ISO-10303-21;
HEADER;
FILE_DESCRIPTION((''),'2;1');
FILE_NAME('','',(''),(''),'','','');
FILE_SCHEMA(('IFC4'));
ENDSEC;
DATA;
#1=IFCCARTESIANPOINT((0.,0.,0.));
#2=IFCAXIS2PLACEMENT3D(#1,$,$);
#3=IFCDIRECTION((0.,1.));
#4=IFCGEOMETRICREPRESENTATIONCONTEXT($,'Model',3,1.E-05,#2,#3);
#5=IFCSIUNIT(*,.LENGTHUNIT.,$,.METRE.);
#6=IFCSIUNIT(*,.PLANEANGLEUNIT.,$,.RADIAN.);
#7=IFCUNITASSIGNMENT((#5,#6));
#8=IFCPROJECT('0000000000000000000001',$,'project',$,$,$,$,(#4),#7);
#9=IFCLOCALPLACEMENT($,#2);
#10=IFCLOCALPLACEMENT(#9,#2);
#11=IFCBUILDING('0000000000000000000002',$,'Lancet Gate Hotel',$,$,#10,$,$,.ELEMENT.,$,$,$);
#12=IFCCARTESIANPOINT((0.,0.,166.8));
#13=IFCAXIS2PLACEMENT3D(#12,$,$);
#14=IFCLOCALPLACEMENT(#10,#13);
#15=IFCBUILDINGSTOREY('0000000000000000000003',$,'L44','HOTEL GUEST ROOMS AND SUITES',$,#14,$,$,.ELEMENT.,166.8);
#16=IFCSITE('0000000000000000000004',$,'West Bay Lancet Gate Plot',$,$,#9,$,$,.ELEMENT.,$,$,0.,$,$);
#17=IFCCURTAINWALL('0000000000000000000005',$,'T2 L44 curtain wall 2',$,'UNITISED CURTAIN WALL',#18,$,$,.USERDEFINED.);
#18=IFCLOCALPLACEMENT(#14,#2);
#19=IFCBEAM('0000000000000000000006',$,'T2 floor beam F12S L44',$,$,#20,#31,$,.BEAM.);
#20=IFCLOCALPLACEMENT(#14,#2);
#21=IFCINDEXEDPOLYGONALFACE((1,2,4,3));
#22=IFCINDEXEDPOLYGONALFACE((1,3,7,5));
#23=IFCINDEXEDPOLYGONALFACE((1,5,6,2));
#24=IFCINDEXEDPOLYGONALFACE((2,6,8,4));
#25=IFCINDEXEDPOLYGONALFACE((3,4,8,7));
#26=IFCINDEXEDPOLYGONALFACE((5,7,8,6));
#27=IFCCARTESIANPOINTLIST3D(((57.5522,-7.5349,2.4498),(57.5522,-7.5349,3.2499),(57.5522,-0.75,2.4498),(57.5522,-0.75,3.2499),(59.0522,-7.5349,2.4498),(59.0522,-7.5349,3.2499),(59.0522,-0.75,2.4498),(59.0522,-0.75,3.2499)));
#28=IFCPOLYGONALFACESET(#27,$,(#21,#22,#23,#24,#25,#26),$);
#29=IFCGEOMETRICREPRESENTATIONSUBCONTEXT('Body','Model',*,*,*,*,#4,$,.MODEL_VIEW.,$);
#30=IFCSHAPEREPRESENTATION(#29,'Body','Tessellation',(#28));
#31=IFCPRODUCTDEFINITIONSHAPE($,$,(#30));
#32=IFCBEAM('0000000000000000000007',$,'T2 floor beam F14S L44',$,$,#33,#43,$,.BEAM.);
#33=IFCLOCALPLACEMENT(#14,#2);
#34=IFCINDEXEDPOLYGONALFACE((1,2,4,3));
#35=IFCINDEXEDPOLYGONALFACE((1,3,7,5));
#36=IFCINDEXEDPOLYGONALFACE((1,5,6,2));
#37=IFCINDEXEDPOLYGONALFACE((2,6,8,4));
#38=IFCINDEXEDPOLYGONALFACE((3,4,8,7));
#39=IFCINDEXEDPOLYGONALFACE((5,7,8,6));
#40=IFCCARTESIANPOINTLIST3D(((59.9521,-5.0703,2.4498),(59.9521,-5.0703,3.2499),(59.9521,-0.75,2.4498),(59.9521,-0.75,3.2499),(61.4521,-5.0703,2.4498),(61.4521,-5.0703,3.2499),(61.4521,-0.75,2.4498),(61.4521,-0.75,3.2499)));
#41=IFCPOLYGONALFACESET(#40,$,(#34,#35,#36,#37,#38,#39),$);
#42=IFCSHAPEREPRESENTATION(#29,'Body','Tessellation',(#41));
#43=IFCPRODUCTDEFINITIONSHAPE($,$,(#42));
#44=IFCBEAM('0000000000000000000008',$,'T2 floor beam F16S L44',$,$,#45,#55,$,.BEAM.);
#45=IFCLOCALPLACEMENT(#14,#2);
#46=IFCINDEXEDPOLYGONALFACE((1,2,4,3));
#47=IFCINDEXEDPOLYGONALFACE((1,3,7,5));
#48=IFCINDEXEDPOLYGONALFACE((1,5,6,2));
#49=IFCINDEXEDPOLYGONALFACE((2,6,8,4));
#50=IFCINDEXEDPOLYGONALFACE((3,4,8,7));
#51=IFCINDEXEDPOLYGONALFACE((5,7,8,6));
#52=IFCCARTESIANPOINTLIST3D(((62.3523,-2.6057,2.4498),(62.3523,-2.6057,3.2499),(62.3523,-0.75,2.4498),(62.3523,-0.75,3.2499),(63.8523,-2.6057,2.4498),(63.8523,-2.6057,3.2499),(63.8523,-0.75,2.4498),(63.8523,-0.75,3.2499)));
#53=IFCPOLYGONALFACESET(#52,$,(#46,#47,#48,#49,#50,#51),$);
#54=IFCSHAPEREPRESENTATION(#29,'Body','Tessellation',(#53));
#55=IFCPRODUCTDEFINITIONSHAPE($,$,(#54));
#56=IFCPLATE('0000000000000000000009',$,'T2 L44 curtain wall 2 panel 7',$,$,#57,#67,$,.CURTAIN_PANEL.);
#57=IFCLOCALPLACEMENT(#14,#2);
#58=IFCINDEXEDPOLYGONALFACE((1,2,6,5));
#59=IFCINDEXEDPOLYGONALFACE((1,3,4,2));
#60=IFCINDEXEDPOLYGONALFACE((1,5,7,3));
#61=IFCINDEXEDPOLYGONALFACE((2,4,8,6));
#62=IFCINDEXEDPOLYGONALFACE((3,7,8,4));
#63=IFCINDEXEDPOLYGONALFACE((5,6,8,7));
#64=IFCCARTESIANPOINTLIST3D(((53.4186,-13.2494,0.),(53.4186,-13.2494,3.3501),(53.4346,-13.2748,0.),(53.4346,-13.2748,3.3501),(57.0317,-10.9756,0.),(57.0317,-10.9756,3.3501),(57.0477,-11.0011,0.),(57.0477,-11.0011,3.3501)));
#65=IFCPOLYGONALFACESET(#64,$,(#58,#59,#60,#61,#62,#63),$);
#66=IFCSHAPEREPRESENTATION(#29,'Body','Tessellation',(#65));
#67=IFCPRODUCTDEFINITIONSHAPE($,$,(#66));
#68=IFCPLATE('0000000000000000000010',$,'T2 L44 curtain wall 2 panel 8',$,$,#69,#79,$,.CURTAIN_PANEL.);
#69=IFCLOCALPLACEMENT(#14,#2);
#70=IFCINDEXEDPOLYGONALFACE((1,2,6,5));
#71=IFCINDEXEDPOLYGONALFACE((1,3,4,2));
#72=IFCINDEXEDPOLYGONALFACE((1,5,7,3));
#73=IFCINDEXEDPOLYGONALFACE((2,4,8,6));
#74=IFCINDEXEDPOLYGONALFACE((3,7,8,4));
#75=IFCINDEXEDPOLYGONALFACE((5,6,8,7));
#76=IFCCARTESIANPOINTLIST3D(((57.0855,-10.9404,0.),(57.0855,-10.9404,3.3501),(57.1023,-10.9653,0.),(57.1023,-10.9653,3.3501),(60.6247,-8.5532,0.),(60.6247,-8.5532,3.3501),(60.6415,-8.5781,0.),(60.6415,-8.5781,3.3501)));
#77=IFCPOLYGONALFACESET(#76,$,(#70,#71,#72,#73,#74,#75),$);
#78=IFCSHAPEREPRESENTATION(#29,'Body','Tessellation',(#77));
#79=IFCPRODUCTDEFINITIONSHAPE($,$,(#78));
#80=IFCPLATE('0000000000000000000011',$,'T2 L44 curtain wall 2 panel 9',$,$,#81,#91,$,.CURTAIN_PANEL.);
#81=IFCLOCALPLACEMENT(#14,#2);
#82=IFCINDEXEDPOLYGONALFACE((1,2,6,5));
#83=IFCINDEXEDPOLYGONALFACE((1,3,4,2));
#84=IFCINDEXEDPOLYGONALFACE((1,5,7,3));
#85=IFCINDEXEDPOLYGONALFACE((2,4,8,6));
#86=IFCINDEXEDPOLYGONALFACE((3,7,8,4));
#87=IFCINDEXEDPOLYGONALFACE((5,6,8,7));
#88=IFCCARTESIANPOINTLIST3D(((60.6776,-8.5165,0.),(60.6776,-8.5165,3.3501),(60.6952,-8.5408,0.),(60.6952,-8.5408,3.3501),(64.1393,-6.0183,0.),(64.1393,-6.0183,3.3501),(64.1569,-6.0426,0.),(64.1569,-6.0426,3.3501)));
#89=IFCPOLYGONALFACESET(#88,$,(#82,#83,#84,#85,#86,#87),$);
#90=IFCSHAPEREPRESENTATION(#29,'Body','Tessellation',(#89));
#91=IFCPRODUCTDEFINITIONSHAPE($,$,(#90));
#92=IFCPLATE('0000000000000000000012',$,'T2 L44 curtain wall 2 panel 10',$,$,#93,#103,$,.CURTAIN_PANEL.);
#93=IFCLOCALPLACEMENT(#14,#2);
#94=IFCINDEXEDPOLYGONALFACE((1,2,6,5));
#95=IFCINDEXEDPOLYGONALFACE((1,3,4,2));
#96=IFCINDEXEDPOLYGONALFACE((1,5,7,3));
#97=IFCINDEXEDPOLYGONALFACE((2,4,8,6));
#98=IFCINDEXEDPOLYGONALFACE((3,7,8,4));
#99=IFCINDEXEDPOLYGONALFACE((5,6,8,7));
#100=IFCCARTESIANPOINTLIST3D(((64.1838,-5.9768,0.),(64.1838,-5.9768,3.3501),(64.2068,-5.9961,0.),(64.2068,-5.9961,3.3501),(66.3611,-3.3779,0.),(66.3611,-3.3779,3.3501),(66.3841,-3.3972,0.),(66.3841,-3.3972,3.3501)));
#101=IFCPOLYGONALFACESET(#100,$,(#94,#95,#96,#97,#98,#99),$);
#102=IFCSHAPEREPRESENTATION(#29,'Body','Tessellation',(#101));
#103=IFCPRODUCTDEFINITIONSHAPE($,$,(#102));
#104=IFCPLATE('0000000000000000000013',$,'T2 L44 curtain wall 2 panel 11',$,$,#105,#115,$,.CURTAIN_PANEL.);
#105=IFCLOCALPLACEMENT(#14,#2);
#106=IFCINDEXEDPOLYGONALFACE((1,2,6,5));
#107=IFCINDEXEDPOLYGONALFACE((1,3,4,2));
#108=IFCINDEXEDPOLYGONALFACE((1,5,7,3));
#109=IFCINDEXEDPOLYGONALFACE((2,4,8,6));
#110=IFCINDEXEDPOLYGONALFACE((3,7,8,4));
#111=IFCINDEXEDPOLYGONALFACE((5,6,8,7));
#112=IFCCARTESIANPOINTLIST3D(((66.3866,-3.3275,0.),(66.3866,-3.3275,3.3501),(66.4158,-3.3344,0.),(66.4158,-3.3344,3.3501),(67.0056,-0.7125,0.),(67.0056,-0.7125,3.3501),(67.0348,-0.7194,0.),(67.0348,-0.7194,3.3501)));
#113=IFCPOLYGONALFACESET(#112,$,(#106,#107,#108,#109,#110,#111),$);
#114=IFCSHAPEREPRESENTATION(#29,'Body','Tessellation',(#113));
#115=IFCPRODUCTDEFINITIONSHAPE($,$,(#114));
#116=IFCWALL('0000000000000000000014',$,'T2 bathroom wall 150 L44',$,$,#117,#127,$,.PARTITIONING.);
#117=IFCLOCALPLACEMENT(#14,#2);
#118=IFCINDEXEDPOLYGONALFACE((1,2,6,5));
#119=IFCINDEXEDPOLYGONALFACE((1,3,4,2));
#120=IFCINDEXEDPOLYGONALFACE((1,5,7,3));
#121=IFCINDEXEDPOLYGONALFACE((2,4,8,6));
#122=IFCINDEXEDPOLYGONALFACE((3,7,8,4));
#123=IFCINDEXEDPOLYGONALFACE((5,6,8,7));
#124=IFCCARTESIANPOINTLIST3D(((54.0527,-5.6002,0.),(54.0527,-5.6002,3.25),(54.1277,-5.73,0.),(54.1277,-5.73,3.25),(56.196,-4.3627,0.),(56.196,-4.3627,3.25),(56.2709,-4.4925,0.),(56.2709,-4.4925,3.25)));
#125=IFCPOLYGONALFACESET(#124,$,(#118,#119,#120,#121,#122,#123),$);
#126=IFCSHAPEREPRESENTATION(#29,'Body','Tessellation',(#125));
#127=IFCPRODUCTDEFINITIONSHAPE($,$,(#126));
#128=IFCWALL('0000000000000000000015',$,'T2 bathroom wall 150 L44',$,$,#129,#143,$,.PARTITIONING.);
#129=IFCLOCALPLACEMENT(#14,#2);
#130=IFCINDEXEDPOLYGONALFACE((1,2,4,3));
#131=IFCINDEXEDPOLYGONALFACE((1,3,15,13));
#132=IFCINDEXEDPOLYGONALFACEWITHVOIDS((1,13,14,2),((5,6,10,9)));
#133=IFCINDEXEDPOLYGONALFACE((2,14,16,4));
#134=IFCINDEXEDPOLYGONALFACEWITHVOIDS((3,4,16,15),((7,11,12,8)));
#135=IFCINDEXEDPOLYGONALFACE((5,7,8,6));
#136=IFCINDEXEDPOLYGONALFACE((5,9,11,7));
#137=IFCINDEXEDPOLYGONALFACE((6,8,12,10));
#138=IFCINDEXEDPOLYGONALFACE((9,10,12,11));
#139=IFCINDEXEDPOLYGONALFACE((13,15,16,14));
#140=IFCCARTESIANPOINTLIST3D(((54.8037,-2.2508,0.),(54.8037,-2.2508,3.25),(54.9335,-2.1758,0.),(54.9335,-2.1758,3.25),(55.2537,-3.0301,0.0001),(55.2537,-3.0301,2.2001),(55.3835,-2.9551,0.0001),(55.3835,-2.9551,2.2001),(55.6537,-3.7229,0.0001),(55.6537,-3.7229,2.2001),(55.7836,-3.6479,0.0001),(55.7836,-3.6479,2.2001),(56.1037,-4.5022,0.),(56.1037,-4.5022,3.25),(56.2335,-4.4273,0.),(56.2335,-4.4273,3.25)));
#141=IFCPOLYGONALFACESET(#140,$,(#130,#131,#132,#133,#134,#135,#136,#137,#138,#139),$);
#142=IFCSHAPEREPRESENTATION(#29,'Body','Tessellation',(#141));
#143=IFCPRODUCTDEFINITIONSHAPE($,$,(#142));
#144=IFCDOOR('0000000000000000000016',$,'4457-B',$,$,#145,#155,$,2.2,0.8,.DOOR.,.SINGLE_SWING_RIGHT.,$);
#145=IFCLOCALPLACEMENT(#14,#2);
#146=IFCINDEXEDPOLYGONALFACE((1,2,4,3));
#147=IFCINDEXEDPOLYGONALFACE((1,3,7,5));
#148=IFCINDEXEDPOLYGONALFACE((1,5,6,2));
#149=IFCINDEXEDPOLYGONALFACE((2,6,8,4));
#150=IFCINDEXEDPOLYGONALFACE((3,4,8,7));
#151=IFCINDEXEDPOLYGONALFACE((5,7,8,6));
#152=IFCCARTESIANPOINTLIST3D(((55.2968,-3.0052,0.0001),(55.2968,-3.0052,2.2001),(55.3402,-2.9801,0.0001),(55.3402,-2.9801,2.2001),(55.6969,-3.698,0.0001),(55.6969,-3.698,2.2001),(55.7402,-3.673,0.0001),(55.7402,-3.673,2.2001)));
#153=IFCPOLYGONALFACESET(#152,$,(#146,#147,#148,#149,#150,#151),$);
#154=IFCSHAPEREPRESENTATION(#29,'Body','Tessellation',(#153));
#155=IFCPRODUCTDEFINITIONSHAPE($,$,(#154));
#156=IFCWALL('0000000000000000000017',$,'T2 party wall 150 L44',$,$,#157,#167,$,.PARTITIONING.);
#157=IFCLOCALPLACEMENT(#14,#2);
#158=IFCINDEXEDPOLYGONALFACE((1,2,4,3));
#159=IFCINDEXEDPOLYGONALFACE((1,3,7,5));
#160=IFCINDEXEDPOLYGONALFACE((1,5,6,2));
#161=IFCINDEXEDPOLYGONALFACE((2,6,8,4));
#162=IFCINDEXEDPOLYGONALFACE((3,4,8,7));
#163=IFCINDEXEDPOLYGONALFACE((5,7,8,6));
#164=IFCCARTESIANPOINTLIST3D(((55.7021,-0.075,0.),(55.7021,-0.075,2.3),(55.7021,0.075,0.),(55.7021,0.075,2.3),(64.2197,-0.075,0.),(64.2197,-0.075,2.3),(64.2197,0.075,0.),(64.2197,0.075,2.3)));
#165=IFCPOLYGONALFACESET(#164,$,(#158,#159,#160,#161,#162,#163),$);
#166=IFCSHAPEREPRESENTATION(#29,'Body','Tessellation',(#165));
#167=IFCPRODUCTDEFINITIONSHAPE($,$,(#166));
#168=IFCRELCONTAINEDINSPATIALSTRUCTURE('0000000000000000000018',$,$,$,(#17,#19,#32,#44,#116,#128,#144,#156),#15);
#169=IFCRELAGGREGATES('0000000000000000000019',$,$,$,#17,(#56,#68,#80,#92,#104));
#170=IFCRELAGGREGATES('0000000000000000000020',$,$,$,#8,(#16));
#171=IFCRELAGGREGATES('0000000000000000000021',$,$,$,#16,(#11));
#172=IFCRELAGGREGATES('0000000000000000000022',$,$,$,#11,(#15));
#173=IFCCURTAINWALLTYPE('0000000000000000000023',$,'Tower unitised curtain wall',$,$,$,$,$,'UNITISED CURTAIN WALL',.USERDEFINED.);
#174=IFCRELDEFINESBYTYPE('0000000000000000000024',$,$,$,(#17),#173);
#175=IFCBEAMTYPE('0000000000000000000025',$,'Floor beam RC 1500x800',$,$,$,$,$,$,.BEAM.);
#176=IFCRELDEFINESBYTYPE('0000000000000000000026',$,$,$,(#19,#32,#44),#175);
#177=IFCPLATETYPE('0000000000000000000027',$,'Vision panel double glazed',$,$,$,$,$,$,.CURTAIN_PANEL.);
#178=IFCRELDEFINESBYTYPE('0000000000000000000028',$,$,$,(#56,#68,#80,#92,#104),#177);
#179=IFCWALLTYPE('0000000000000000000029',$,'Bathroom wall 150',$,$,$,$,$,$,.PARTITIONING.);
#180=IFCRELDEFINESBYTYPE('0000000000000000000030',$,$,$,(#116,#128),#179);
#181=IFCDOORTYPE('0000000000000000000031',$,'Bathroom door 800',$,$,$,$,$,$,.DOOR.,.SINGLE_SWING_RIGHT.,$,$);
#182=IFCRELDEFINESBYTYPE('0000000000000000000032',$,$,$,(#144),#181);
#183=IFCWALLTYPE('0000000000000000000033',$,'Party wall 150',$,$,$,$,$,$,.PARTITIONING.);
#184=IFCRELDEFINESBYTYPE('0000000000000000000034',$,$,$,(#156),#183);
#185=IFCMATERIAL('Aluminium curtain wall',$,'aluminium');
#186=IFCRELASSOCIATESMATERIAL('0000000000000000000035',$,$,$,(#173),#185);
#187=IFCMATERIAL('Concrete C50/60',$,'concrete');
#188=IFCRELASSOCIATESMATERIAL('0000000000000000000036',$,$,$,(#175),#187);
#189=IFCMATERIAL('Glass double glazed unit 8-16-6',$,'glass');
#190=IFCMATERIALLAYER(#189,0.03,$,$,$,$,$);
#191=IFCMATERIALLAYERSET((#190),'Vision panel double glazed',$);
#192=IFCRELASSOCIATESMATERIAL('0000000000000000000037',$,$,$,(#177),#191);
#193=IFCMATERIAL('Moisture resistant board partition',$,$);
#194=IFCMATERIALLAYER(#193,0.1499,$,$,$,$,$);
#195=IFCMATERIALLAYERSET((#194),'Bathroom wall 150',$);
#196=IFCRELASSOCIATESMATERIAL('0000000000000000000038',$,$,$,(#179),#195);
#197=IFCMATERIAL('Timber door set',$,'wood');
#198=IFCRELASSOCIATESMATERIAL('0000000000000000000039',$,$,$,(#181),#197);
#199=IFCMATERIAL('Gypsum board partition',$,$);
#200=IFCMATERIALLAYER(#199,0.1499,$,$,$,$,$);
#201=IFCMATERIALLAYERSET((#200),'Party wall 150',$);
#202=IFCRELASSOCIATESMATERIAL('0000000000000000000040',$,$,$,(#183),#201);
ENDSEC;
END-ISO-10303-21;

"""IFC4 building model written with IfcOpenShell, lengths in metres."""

from ifc_helpers import new_model, si_unit, direction, frame, frame_2d, origin, origin_2d, place, context, subcontext, project, spatial, rectangle, extrude, material, layer, layer_set, material_profile, profile_set, type_object, element, fill, aggregate, save


model = new_model("IFC4")

# Units and contexts
model_context = context("Model", 3, precision=1e-05, world=origin(), true_north=direction((0.0, 1.0)))
body_context = subcontext(model_context, "Body", "Model", "MODEL_VIEW")
ifc_project = project(units=[si_unit("LENGTHUNIT", "METRE"), si_unit("PLANEANGLEUNIT", "RADIAN")], contexts=[model_context])

# Site, building, storey
site_placement = place(None, origin())
site = spatial("IfcSite", under=ifc_project, at=site_placement, Name="West Bay Lancet Gate Plot", CompositionType="ELEMENT", RefElevation=0.0)
building_placement = place(site_placement, origin())
building = spatial("IfcBuilding", under=site, at=building_placement, Name="Lancet Gate Hotel", CompositionType="ELEMENT")
storey_placement = place(building_placement, frame((0.0, 0.0, 166.8)))
storey = spatial("IfcBuildingStorey", under=building, at=storey_placement, Name="L44", Description="HOTEL GUEST ROOMS AND SUITES", CompositionType="ELEMENT", Elevation=166.8)

# Curtain wall
ifc_material_1 = material(Name="Aluminium curtain wall", Category="aluminium")
curtain_wall_type = type_object("IfcCurtainWallType", Name="Tower unitised curtain wall", ElementType="UNITISED CURTAIN WALL", PredefinedType="USERDEFINED", material=ifc_material_1)
curtain_wall_placement = place(storey_placement, origin())
curtain_wall = element("IfcCurtainWall", 1, at=curtain_wall_placement, inside=storey, type_object=curtain_wall_type, Name="T2 L44 curtain wall 2", ObjectType="UNITISED CURTAIN WALL", PredefinedType="USERDEFINED")

# Beams
ifc_material_2 = material(Name="Concrete C50/60", Category="concrete")
ifc_material_profile_1 = material_profile(ifc_material_2, rectangle(XDim=1.5, YDim=0.8, at=origin_2d()), Name="RC 1500x800")
ifc_profile_set_1 = profile_set([ifc_material_profile_1], Name="Concrete C50/60")
beam_type_1 = type_object("IfcBeamType", Name="Floor beam RC 1500x800", PredefinedType="BEAM", material=ifc_profile_set_1)
beam_1_placement = place(storey_placement, frame((58.3022, -7.5349, 2.8499), z_axis=(0.0, 1.0, 0.0), x_axis=(-1.0, 0.0, 0.0)))
element("IfcBeam", 2, at=beam_1_placement, inside=storey, type_object=beam_type_1, Name="T2 floor beam F12S L44", PredefinedType="BEAM", context=body_context, shape_type="SweptSolid", body=[
    extrude(rectangle(XDim=1.5, YDim=0.8, at=origin_2d()), origin(), (0.0, 0.0, 1.0), 6.7849),
])
beam_2_placement = place(storey_placement, frame((60.7021, -5.0703, 2.8499), z_axis=(0.0, 1.0, 0.0), x_axis=(-1.0, 0.0, 0.0)))
element("IfcBeam", 3, at=beam_2_placement, inside=storey, type_object=beam_type_1, Name="T2 floor beam F14S L44", PredefinedType="BEAM", context=body_context, shape_type="SweptSolid", body=[
    extrude(rectangle(XDim=1.5, YDim=0.8, at=origin_2d()), origin(), (0.0, 0.0, 1.0), 4.3203),
])
beam_3_placement = place(storey_placement, frame((63.1023, -2.6057, 2.8499), z_axis=(0.0, 1.0, 0.0), x_axis=(-1.0, 0.0, 0.0)))
element("IfcBeam", 4, at=beam_3_placement, inside=storey, type_object=beam_type_1, Name="T2 floor beam F16S L44", PredefinedType="BEAM", context=body_context, shape_type="SweptSolid", body=[
    extrude(rectangle(XDim=1.5, YDim=0.8, at=origin_2d()), origin(), (0.0, 0.0, 1.0), 1.8557),
])

# Plates
ifc_material_3 = material(Name="Glass double glazed unit 8-16-6", Category="glass")
ifc_layer_1 = layer(ifc_material_3, 0.03)
ifc_layer_set_1 = layer_set([ifc_layer_1], Name="Vision panel double glazed")
plate_type = type_object("IfcPlateType", Name="Vision panel double glazed", PredefinedType="CURTAIN_PANEL", material=ifc_layer_set_1)
plate_1_placement = place(storey_placement, frame((55.2332, -12.1252, 0.0), z_axis=(0.0, 0.0, 1.0), x_axis=(0.846352, 0.532623, 0.0)))
plate_1 = element("IfcPlate", 5, at=plate_1_placement, type_object=plate_type, Name="T2 L44 curtain wall 2 panel 7", PredefinedType="CURTAIN_PANEL", context=body_context, shape_type="SweptSolid", body=[
    extrude(rectangle(XDim=4.269, YDim=0.03, at=origin_2d()), origin(), (0.0, 0.0, 1.0), 3.3501),
])
plate_2_placement = place(storey_placement, frame((58.8635, -9.7593, 0.0), z_axis=(0.0, 0.0, 1.0), x_axis=(0.829039, 0.559191, 0.0)))
plate_2 = element("IfcPlate", 6, at=plate_2_placement, type_object=plate_type, Name="T2 L44 curtain wall 2 panel 8", PredefinedType="CURTAIN_PANEL", context=body_context, shape_type="SweptSolid", body=[
    extrude(rectangle(XDim=4.269, YDim=0.03, at=origin_2d()), origin(), (0.0, 0.0, 1.0), 3.3501),
])
plate_3_placement = place(storey_placement, frame((62.4172, -7.2795, 0.0), z_axis=(0.0, 0.0, 1.0), x_axis=(0.810891, 0.585197, 0.0)))
plate_3 = element("IfcPlate", 7, at=plate_3_placement, type_object=plate_type, Name="T2 L44 curtain wall 2 panel 9", PredefinedType="CURTAIN_PANEL", context=body_context, shape_type="SweptSolid", body=[
    extrude(rectangle(XDim=4.269, YDim=0.03, at=origin_2d()), origin(), (0.0, 0.0, 1.0), 3.3501),
])
plate_4_placement = place(storey_placement, frame((65.2839, -4.687, 0.0), z_axis=(0.0, 0.0, 1.0), x_axis=(0.642199, 0.766538, 0.0)))
plate_4 = element("IfcPlate", 8, at=plate_4_placement, type_object=plate_type, Name="T2 L44 curtain wall 2 panel 10", PredefinedType="CURTAIN_PANEL", context=body_context, shape_type="SweptSolid", body=[
    extrude(rectangle(XDim=3.3904, YDim=0.03, at=origin_2d()), origin(), (0.0, 0.0, 1.0), 3.3501),
])
plate_5_placement = place(storey_placement, frame((66.7107, -2.0234, 0.0), z_axis=(0.0, 0.0, 1.0), x_axis=(0.230367, 0.973104, 0.0)))
plate_5 = element("IfcPlate", 9, at=plate_5_placement, type_object=plate_type, Name="T2 L44 curtain wall 2 panel 11", PredefinedType="CURTAIN_PANEL", context=body_context, shape_type="SweptSolid", body=[
    extrude(rectangle(XDim=2.6873, YDim=0.03, at=origin_2d()), origin(), (0.0, 0.0, 1.0), 3.3501),
])
aggregate(curtain_wall, [plate_1, plate_2, plate_3, plate_4, plate_5])

# Wall
ifc_material_4 = material(Name="Moisture resistant board partition")
ifc_layer_2 = layer(ifc_material_4, 0.1499)
ifc_layer_set_2 = layer_set([ifc_layer_2], Name="Bathroom wall 150")
wall_type_1 = type_object("IfcWallType", Name="Bathroom wall 150", PredefinedType="PARTITIONING", material=ifc_layer_set_2)
wall_1_placement = place(storey_placement, frame((54.0903, -5.665, 0.0), z_axis=(0.0, 0.0, 1.0), x_axis=(0.866007, 0.500033, 0.0)))
element("IfcWall", 10, at=wall_1_placement, inside=storey, type_object=wall_type_1, Name="T2 bathroom wall 150 L44", PredefinedType="PARTITIONING", context=body_context, shape_type="SweptSolid", body=[
    extrude(rectangle(XDim=2.4749, YDim=0.1499, at=frame_2d((1.2373, 0.0))), origin(), (0.0, 0.0, 1.0), 3.25),
])

# Wall, opening, door
wall_2_placement = place(storey_placement, frame((54.8687, -2.2134, 0.0), z_axis=(0.0, 0.0, 1.0), x_axis=(0.500048, -0.865998, 0.0)))
wall_2 = element("IfcWall", 11, at=wall_2_placement, inside=storey, type_object=wall_type_1, Name="T2 bathroom wall 150 L44", PredefinedType="PARTITIONING", context=body_context, shape_type="SweptSolid", body=[
    extrude(rectangle(XDim=2.5999, YDim=0.1499, at=frame_2d((1.2998, 0.0))), origin(), (0.0, 0.0, 1.0), 3.25),
])
opening_placement = place(wall_2_placement, frame((0.8999, 0.0, 0.0)))
opening = element("IfcOpeningElement", 12, at=opening_placement, cuts=wall_2, PredefinedType="OPENING", context=body_context, shape_type="SweptSolid", body=[
    extrude(rectangle(XDim=0.8, YDim=2.2, at=frame_2d((0.3999, 1.1001))), frame((0.0, 0.085, 0.0), z_axis=(0.0, -1.0, 0.0), x_axis=(1.0, 0.0, 0.0)), (0.0, 0.0, 1.0), 0.1699),
])
ifc_material_5 = material(Name="Timber door set", Category="wood")
door_type = type_object("IfcDoorType", Name="Bathroom door 800", OperationType="SINGLE_SWING_RIGHT", PredefinedType="DOOR", material=ifc_material_5)
door_placement = place(opening_placement, origin())
door = element("IfcDoor", 13, at=door_placement, inside=storey, type_object=door_type, Name="4457-B", OperationType="SINGLE_SWING_RIGHT", OverallHeight=2.2, OverallWidth=0.8, PredefinedType="DOOR", context=body_context, shape_type="SweptSolid", body=[
    extrude(rectangle(XDim=0.8, YDim=2.2, at=frame_2d((0.3999, 1.1001))), frame((0.0, 0.0249, 0.0), z_axis=(0.0, -1.0, 0.0), x_axis=(1.0, 0.0, 0.0)), (0.0, 0.0, 1.0), 0.05),
])
fill(opening, door)

# Wall
ifc_material_6 = material(Name="Gypsum board partition")
ifc_layer_3 = layer(ifc_material_6, 0.1499)
ifc_layer_set_3 = layer_set([ifc_layer_3], Name="Party wall 150")
wall_type_2 = type_object("IfcWallType", Name="Party wall 150", PredefinedType="PARTITIONING", material=ifc_layer_set_3)
wall_3_placement = place(storey_placement, frame((55.7021, 0.0, 0.0), z_axis=(0.0, 0.0, 1.0), x_axis=(1.0, 0.0, 0.0)))
element("IfcWall", 14, at=wall_3_placement, inside=storey, type_object=wall_type_2, Name="T2 party wall 150 L44", PredefinedType="PARTITIONING", context=body_context, shape_type="SweptSolid", body=[
    extrude(rectangle(XDim=8.5176, YDim=0.1499, at=frame_2d((4.2588, 0.0))), origin(), (0.0, 0.0, 1.0), 2.3),
])

save(model, "model.ifc")
